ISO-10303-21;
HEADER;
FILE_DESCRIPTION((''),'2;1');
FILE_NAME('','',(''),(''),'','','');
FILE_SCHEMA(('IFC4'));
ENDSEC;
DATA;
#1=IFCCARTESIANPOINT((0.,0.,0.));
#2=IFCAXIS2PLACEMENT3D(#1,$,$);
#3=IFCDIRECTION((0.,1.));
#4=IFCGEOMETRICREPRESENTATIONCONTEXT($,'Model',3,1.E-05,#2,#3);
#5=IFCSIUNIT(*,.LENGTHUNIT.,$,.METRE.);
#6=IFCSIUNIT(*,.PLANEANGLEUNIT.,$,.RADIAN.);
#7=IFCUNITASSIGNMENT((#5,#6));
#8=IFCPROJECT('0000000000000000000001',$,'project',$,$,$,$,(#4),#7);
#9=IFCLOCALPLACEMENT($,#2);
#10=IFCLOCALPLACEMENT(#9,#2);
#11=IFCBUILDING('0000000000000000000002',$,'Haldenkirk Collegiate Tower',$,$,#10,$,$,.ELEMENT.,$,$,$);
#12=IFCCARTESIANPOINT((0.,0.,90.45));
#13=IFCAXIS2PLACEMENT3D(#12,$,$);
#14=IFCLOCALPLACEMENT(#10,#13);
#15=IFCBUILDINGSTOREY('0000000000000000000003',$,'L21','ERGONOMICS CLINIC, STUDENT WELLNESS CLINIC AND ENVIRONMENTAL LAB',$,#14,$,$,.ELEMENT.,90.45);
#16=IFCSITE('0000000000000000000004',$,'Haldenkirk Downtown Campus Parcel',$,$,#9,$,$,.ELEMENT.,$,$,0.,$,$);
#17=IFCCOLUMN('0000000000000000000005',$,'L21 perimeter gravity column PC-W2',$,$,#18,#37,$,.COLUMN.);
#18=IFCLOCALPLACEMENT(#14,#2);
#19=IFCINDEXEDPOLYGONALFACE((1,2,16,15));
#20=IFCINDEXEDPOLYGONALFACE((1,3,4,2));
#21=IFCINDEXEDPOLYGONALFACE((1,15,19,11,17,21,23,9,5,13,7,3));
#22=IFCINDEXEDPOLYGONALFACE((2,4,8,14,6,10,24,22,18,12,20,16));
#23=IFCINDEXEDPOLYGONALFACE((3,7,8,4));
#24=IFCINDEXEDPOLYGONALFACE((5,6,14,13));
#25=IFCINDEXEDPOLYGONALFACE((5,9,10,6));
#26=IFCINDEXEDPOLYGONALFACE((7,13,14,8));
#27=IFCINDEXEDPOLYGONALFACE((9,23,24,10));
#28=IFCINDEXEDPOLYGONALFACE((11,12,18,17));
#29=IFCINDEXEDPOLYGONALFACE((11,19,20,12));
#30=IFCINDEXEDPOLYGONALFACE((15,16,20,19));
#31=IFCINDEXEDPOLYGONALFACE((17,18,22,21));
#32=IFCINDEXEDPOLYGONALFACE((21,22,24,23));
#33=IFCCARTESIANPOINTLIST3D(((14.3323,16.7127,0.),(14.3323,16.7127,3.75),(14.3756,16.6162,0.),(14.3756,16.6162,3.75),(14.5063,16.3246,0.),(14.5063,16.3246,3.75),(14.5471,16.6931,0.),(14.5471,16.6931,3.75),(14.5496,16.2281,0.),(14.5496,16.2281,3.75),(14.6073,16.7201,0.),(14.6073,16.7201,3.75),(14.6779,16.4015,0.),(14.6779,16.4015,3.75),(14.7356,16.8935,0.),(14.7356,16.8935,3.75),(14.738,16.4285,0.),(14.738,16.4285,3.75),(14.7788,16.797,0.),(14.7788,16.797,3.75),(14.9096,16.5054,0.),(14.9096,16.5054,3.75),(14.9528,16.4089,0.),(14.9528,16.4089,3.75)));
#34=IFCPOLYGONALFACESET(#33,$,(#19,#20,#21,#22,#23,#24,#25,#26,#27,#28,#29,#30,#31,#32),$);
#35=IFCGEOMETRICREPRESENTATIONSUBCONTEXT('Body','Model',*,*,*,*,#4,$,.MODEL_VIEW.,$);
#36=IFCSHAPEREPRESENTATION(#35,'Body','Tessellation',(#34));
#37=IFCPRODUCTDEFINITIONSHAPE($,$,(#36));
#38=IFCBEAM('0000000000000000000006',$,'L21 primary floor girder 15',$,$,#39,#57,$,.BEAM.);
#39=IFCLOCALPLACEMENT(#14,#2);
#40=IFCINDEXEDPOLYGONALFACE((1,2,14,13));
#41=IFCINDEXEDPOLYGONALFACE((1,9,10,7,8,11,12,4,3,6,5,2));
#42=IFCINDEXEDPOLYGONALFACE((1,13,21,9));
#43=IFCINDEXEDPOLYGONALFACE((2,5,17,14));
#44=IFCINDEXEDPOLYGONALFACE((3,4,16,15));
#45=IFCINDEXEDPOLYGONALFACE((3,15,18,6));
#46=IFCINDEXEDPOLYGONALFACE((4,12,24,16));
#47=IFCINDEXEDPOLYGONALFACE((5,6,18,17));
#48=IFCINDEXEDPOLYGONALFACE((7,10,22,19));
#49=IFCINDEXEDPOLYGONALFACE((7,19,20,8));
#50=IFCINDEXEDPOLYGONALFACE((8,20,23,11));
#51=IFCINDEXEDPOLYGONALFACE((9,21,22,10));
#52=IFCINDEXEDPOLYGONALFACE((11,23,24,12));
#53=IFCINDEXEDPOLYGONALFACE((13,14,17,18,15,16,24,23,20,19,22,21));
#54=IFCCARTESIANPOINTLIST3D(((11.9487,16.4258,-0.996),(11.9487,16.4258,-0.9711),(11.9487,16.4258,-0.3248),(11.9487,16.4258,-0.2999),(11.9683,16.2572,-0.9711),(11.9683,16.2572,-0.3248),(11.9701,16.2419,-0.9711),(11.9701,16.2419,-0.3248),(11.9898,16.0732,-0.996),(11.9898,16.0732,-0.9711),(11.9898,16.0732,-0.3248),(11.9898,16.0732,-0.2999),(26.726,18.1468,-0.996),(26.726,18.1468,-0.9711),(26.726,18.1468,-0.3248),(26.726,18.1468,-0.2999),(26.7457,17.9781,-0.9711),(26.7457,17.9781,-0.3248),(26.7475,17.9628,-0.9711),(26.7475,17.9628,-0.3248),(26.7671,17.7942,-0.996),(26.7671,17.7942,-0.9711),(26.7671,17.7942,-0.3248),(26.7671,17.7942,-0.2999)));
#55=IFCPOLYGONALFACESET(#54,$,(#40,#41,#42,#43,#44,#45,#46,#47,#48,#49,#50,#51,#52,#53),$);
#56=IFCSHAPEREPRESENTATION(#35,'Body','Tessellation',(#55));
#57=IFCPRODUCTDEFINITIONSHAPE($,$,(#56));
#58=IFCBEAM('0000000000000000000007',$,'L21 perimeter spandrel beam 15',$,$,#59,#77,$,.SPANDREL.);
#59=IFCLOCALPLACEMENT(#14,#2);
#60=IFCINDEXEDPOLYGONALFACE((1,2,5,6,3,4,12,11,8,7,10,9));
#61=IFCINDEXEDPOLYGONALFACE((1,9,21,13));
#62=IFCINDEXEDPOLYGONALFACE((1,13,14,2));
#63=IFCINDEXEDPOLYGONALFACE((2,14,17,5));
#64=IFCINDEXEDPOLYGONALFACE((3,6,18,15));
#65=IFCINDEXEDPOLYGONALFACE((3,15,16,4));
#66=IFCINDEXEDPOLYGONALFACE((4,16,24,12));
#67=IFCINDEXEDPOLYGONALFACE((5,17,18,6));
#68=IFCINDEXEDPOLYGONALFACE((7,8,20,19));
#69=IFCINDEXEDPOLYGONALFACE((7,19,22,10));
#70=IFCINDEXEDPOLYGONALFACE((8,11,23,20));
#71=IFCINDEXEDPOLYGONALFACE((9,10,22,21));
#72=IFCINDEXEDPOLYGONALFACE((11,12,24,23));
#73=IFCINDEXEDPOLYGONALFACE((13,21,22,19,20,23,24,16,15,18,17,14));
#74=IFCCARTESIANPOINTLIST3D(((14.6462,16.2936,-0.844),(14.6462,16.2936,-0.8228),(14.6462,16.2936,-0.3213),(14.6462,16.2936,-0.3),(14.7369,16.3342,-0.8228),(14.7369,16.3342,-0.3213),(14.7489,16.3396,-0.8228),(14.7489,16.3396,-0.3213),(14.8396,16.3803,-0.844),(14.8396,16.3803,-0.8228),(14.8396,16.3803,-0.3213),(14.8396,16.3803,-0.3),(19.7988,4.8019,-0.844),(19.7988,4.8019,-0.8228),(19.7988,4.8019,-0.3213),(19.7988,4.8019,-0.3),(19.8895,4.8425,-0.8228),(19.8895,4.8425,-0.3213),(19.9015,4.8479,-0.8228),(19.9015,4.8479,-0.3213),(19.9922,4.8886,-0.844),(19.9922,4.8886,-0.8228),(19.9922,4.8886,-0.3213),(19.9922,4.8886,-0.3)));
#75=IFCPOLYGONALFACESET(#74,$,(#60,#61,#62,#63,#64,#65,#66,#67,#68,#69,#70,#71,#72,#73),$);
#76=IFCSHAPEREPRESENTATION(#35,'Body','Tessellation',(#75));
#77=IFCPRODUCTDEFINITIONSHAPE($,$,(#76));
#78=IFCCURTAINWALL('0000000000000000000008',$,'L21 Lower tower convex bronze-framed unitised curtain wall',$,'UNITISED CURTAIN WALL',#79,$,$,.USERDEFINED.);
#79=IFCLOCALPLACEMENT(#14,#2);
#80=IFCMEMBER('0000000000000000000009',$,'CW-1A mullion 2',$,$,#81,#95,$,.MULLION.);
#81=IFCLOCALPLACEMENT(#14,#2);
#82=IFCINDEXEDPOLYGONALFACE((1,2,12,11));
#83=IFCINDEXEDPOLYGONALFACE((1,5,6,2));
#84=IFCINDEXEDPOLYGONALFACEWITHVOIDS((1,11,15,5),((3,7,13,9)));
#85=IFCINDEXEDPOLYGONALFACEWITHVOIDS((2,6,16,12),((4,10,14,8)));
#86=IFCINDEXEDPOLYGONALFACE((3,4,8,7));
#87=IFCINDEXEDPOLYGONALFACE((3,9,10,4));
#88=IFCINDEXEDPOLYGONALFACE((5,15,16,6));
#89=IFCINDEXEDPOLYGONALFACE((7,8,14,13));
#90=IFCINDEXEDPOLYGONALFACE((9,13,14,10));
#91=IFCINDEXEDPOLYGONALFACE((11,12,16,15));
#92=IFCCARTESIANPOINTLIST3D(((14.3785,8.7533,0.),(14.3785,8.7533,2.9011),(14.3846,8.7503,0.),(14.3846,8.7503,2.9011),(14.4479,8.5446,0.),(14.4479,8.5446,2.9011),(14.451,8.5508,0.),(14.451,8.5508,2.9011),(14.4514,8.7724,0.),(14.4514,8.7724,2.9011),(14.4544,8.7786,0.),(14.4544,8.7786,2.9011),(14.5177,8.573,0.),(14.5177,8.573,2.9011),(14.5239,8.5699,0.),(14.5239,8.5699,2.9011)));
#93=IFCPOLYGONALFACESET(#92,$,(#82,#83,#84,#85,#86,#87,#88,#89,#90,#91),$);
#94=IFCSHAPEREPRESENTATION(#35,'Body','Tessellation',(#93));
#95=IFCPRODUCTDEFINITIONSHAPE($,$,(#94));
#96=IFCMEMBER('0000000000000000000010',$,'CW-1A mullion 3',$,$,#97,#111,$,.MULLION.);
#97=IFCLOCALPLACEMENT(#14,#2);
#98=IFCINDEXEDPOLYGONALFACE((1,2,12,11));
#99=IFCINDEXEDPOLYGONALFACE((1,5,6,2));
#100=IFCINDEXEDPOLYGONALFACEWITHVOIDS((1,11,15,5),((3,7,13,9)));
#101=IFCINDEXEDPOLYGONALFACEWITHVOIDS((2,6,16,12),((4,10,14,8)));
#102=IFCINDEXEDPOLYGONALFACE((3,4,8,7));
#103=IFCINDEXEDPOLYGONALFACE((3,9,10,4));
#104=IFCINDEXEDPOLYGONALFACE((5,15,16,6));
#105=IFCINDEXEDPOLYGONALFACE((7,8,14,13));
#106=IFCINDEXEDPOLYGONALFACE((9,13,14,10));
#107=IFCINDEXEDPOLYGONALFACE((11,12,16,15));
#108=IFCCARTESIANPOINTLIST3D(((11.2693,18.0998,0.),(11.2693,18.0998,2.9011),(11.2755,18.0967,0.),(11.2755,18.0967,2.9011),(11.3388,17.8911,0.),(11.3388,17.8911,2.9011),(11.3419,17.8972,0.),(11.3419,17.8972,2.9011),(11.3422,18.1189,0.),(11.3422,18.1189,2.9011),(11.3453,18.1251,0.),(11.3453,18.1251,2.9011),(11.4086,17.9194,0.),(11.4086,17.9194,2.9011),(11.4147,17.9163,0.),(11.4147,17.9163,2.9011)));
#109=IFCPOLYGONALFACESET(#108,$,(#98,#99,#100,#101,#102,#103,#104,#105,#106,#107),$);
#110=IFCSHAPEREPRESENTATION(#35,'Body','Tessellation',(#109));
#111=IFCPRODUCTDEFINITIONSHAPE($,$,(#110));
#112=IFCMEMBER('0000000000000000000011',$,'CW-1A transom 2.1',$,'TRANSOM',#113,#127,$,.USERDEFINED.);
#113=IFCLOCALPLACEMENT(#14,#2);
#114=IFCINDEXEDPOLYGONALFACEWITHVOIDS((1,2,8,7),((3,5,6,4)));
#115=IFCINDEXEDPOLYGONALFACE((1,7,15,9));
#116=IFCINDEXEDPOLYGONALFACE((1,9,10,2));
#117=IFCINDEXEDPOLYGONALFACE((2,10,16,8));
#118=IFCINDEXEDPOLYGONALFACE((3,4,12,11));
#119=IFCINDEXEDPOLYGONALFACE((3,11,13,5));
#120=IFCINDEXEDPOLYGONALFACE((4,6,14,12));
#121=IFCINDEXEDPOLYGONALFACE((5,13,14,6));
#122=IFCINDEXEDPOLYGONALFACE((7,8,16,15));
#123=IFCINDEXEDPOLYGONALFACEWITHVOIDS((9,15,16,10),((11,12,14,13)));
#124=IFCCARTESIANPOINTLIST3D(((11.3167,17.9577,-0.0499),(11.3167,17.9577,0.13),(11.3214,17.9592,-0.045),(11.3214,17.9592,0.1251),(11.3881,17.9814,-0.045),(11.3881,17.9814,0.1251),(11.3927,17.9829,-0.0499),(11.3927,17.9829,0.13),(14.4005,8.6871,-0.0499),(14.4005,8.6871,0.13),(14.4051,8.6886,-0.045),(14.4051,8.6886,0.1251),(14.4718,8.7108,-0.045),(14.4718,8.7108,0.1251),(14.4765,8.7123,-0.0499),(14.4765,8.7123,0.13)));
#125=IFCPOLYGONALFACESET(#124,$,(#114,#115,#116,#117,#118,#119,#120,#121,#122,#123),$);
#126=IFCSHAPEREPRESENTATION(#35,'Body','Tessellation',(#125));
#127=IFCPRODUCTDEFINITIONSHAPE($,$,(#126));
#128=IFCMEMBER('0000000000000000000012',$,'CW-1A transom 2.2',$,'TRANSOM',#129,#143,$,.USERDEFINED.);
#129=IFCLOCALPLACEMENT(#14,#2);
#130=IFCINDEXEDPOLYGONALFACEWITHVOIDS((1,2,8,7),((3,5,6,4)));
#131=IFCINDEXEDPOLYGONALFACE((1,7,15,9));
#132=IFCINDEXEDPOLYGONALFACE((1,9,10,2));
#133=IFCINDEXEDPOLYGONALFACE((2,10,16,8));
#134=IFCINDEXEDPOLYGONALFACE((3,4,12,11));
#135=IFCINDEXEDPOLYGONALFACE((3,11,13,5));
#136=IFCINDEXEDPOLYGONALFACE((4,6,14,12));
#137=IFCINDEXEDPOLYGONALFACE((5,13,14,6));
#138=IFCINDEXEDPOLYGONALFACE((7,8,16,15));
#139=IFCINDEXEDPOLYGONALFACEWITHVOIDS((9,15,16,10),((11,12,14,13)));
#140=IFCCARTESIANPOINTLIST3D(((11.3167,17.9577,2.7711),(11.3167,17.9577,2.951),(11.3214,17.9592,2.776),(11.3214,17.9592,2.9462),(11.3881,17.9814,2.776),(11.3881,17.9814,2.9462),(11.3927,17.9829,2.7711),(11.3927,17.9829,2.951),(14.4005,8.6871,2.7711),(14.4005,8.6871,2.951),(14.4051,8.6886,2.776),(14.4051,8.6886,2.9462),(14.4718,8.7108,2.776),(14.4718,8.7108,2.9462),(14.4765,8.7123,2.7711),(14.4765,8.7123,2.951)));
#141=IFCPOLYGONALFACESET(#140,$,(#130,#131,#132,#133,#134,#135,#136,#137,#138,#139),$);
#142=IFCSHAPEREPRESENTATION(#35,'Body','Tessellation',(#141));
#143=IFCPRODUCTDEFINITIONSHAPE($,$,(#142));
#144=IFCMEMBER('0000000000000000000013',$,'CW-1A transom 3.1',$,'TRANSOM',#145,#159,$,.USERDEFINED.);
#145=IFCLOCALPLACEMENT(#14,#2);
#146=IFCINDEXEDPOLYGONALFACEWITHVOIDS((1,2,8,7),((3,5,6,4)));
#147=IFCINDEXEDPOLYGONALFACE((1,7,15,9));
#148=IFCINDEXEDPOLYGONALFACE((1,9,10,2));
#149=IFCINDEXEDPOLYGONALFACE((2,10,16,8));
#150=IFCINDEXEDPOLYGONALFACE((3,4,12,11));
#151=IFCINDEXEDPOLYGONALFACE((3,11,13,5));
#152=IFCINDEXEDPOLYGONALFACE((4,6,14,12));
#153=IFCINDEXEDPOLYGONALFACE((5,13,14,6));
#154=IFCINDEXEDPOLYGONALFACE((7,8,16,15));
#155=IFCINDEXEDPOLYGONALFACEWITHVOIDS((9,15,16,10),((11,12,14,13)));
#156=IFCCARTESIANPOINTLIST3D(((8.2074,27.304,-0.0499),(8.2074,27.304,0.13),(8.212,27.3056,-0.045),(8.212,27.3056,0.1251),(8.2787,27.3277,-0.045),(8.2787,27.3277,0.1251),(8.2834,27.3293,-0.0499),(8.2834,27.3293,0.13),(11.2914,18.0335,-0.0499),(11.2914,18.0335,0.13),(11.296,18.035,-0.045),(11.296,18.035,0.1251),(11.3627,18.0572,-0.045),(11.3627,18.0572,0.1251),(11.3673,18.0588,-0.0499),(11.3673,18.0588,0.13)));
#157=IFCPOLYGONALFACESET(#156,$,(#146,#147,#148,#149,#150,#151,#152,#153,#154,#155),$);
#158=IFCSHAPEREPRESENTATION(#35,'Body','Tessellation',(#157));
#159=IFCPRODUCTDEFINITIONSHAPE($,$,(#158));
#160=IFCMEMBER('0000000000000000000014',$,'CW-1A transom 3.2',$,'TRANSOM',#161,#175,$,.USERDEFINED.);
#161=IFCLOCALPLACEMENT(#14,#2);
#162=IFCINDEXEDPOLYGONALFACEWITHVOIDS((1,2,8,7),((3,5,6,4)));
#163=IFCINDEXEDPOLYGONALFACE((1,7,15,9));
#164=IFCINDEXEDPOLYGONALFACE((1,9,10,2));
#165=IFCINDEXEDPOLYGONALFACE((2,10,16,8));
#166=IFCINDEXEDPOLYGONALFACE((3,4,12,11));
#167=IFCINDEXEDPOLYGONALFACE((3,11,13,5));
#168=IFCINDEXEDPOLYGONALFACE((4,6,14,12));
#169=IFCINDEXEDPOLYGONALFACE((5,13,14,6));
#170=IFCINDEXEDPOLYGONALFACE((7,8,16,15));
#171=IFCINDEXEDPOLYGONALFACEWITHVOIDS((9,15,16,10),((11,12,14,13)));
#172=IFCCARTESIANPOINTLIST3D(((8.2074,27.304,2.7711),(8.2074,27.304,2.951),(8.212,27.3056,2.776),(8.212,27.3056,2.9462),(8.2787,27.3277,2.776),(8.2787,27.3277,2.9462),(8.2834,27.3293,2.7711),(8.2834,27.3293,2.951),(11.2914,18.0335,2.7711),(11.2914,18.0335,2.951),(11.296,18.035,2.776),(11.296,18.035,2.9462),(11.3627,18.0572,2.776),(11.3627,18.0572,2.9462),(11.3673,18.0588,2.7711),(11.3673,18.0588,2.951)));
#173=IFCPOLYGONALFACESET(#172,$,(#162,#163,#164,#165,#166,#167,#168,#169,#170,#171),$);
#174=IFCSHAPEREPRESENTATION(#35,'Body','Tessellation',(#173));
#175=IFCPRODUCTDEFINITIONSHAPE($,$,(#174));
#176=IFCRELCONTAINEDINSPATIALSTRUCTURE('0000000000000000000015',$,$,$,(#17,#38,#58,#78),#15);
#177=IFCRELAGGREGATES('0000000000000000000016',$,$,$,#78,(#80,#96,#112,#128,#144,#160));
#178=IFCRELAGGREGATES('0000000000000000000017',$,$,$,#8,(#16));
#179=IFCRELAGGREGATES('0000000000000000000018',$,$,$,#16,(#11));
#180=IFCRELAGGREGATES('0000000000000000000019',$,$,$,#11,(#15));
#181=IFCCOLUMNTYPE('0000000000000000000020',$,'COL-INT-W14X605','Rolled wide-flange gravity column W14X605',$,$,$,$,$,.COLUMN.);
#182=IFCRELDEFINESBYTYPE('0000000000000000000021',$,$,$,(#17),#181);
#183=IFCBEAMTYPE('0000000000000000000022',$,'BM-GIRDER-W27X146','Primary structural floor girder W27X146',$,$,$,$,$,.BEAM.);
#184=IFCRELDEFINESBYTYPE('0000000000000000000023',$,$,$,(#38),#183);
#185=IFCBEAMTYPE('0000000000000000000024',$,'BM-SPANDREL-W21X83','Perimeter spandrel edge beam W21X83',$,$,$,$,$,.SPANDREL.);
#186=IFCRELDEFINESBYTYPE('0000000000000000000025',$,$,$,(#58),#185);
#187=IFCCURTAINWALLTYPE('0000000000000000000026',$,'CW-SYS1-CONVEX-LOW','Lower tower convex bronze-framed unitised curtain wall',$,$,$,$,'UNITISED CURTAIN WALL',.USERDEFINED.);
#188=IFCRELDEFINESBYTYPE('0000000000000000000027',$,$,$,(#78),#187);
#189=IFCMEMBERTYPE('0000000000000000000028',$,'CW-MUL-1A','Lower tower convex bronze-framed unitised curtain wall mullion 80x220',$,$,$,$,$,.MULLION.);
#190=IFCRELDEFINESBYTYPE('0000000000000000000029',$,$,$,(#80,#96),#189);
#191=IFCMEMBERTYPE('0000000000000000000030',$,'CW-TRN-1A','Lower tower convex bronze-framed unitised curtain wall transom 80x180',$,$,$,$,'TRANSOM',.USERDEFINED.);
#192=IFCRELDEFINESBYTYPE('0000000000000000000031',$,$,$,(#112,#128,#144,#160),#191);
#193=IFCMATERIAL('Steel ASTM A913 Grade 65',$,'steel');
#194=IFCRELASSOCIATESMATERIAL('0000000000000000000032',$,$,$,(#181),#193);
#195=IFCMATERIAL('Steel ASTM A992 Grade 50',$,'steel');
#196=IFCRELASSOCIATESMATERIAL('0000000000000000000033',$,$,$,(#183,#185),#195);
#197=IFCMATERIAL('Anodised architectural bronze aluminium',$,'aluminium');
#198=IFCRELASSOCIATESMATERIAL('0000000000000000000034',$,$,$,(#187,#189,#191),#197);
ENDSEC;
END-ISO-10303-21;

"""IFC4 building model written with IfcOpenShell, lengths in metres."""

from ifc_helpers import new_model, si_unit, direction, frame, origin, origin_2d, place, context, subcontext, project, spatial, hollow_rectangle, i_section, extrude, material, material_profile, profile_set, type_object, element, aggregate, save


model = new_model("IFC4")

# Units and contexts
model_context = context("Model", 3, precision=1e-05, world=origin(), true_north=direction((0.0, 1.0)))
body_context = subcontext(model_context, "Body", "Model", "MODEL_VIEW")
ifc_project = project(units=[si_unit("LENGTHUNIT", "METRE"), si_unit("PLANEANGLEUNIT", "RADIAN")], contexts=[model_context])

# Site, building, storey
site_placement = place(None, origin())
site = spatial("IfcSite", under=ifc_project, at=site_placement, Name="Haldenkirk Downtown Campus Parcel", CompositionType="ELEMENT", RefElevation=0.0)
building_placement = place(site_placement, origin())
building = spatial("IfcBuilding", under=site, at=building_placement, Name="Haldenkirk Collegiate Tower", CompositionType="ELEMENT")
storey_placement = place(building_placement, frame((0.0, 0.0, 90.45)))
storey = spatial("IfcBuildingStorey", under=building, at=storey_placement, Name="L21", Description="ERGONOMICS CLINIC, STUDENT WELLNESS CLINIC AND ENVIRONMENTAL LAB", CompositionType="ELEMENT", Elevation=90.45)

# Column
ifc_material_1 = material(Name="Steel ASTM A913 Grade 65", Category="steel")
ifc_material_profile_1 = material_profile(ifc_material_1, i_section(OverallWidth=0.4419, OverallDepth=0.531, WebThickness=0.0659, FlangeThickness=0.1057, at=origin_2d()), Name="W14X605")
ifc_profile_set_1 = profile_set([ifc_material_profile_1], Name="Steel ASTM A913 Grade 65")
column_type = type_object("IfcColumnType", Name="COL-INT-W14X605", Description="Rolled wide-flange gravity column W14X605", PredefinedType="COLUMN", material=ifc_profile_set_1)
column_placement = place(storey_placement, frame((14.6426, 16.5608, 0.0), z_axis=(0.0, 0.0, 1.0), x_axis=(0.912477, 0.409127, 0.0)))
element("IfcColumn", 1, at=column_placement, inside=storey, type_object=column_type, Name="L21 perimeter gravity column PC-W2", PredefinedType="COLUMN", context=body_context, shape_type="SweptSolid", body=[
    extrude(i_section(OverallWidth=0.4419, OverallDepth=0.531, WebThickness=0.0659, FlangeThickness=0.1057, at=origin_2d()), origin(), (0.0, 0.0, 1.0), 3.75),
])

# Beams
ifc_material_2 = material(Name="Steel ASTM A992 Grade 50", Category="steel")
ifc_material_profile_2 = material_profile(ifc_material_2, i_section(OverallWidth=0.355, OverallDepth=0.696, WebThickness=0.0154, FlangeThickness=0.0249, at=origin_2d()), Name="W27X146")
ifc_profile_set_2 = profile_set([ifc_material_profile_2], Name="Steel ASTM A992 Grade 50")
beam_type_1 = type_object("IfcBeamType", Name="BM-GIRDER-W27X146", Description="Primary structural floor girder W27X146", PredefinedType="BEAM", material=ifc_profile_set_2)
beam_1_placement = place(storey_placement, frame((11.9692, 16.2495, -0.6479), z_axis=(0.993287, 0.115677, 0.0), x_axis=(-0.115677, 0.993287, 0.0)))
element("IfcBeam", 2, at=beam_1_placement, inside=storey, type_object=beam_type_1, Name="L21 primary floor girder 15", PredefinedType="BEAM", context=body_context, shape_type="SweptSolid", body=[
    extrude(i_section(OverallWidth=0.355, OverallDepth=0.696, WebThickness=0.0154, FlangeThickness=0.0249, at=origin_2d()), origin(), (0.0, 0.0, 1.0), 14.8772),
])
ifc_material_profile_3 = material_profile(ifc_material_2, i_section(OverallWidth=0.2119, OverallDepth=0.5439, WebThickness=0.0132, FlangeThickness=0.0212, at=origin_2d()), Name="W21X83")
ifc_profile_set_3 = profile_set([ifc_material_profile_3], Name="Steel ASTM A992 Grade 50")
beam_type_2 = type_object("IfcBeamType", Name="BM-SPANDREL-W21X83", Description="Perimeter spandrel edge beam W21X83", PredefinedType="SPANDREL", material=ifc_profile_set_3)
beam_2_placement = place(storey_placement, frame((14.7429, 16.3369, -0.572), z_axis=(0.409131, -0.912476, 0.0), x_axis=(0.912476, 0.409131, 0.0)))
element("IfcBeam", 3, at=beam_2_placement, inside=storey, type_object=beam_type_2, Name="L21 perimeter spandrel beam 15", PredefinedType="SPANDREL", context=body_context, shape_type="SweptSolid", body=[
    extrude(i_section(OverallWidth=0.2119, OverallDepth=0.5439, WebThickness=0.0132, FlangeThickness=0.0212, at=origin_2d()), origin(), (0.0, 0.0, 1.0), 12.594),
])

# Curtain wall, members
ifc_material_3 = material(Name="Anodised architectural bronze aluminium", Category="aluminium")
curtain_wall_type = type_object("IfcCurtainWallType", Name="CW-SYS1-CONVEX-LOW", Description="Lower tower convex bronze-framed unitised curtain wall", ElementType="UNITISED CURTAIN WALL", PredefinedType="USERDEFINED", material=ifc_material_3)
curtain_wall_placement = place(storey_placement, origin())
curtain_wall = element("IfcCurtainWall", 4, at=curtain_wall_placement, inside=storey, type_object=curtain_wall_type, Name="L21 Lower tower convex bronze-framed unitised curtain wall", ObjectType="UNITISED CURTAIN WALL", PredefinedType="USERDEFINED")
ifc_material_profile_4 = material_profile(ifc_material_3, hollow_rectangle(XDim=0.0801, YDim=0.22, WallThickness=0.0049, at=origin_2d()), Name="CW-MUL-1A")
ifc_profile_set_4 = profile_set([ifc_material_profile_4], Name="Anodised architectural bronze aluminium")
member_type_1 = type_object("IfcMemberType", Name="CW-MUL-1A", Description="Lower tower convex bronze-framed unitised curtain wall mullion 80x220", PredefinedType="MULLION", material=ifc_profile_set_4)
member_1_placement = place(storey_placement, frame((14.4512, 8.6616, 0.0), z_axis=(0.0, 0.0, 1.0), x_axis=(-0.948876, -0.31565, 0.0)))
member_1 = element("IfcMember", 5, at=member_1_placement, type_object=member_type_1, Name="CW-1A mullion 2", PredefinedType="MULLION", context=body_context, shape_type="SweptSolid", body=[
    extrude(hollow_rectangle(XDim=0.0801, YDim=0.22, WallThickness=0.0049, at=origin_2d()), origin(), (0.0, 0.0, 1.0), 2.9011),
])
member_2_placement = place(storey_placement, frame((11.342, 18.0081, 0.0), z_axis=(0.0, 0.0, 1.0), x_axis=(-0.948876, -0.31565, 0.0)))
member_2 = element("IfcMember", 6, at=member_2_placement, type_object=member_type_1, Name="CW-1A mullion 3", PredefinedType="MULLION", context=body_context, shape_type="SweptSolid", body=[
    extrude(hollow_rectangle(XDim=0.0801, YDim=0.22, WallThickness=0.0049, at=origin_2d()), origin(), (0.0, 0.0, 1.0), 2.9011),
])
ifc_material_profile_5 = material_profile(ifc_material_3, hollow_rectangle(XDim=0.0801, YDim=0.1799, WallThickness=0.0049, at=origin_2d()), Name="CW-TRN-1A")
ifc_profile_set_5 = profile_set([ifc_material_profile_5], Name="Anodised architectural bronze aluminium")
member_type_2 = type_object("IfcMemberType", Name="CW-TRN-1A", Description="Lower tower convex bronze-framed unitised curtain wall transom 80x180", ElementType="TRANSOM", PredefinedType="USERDEFINED", material=ifc_profile_set_5)
member_3_placement = place(storey_placement, frame((14.4385, 8.6997, 0.04), z_axis=(-0.315635, 0.948881, 0.0), x_axis=(-0.948881, -0.315635, 0.0)))
member_3 = element("IfcMember", 7, at=member_3_placement, type_object=member_type_2, Name="CW-1A transom 2.1", ObjectType="TRANSOM", PredefinedType="USERDEFINED", context=body_context, shape_type="SweptSolid", body=[
    extrude(hollow_rectangle(XDim=0.0801, YDim=0.1799, WallThickness=0.0049, at=origin_2d()), origin(), (0.0, 0.0, 1.0), 9.77),
])
member_4_placement = place(storey_placement, frame((14.4385, 8.6997, 2.8611), z_axis=(-0.315635, 0.948881, 0.0), x_axis=(-0.948881, -0.315635, 0.0)))
member_4 = element("IfcMember", 8, at=member_4_placement, type_object=member_type_2, Name="CW-1A transom 2.2", ObjectType="TRANSOM", PredefinedType="USERDEFINED", context=body_context, shape_type="SweptSolid", body=[
    extrude(hollow_rectangle(XDim=0.0801, YDim=0.1799, WallThickness=0.0049, at=origin_2d()), origin(), (0.0, 0.0, 1.0), 9.77),
])
member_5_placement = place(storey_placement, frame((11.3293, 18.0461, 0.04), z_axis=(-0.315658, 0.948873, 0.0), x_axis=(-0.948873, -0.315658, 0.0)))
member_5 = element("IfcMember", 9, at=member_5_placement, type_object=member_type_2, Name="CW-1A transom 3.1", ObjectType="TRANSOM", PredefinedType="USERDEFINED", context=body_context, shape_type="SweptSolid", body=[
    extrude(hollow_rectangle(XDim=0.0801, YDim=0.1799, WallThickness=0.0049, at=origin_2d()), origin(), (0.0, 0.0, 1.0), 9.77),
])
member_6_placement = place(storey_placement, frame((11.3293, 18.0461, 2.8611), z_axis=(-0.315658, 0.948873, 0.0), x_axis=(-0.948873, -0.315658, 0.0)))
member_6 = element("IfcMember", 10, at=member_6_placement, type_object=member_type_2, Name="CW-1A transom 3.2", ObjectType="TRANSOM", PredefinedType="USERDEFINED", context=body_context, shape_type="SweptSolid", body=[
    extrude(hollow_rectangle(XDim=0.0801, YDim=0.1799, WallThickness=0.0049, at=origin_2d()), origin(), (0.0, 0.0, 1.0), 9.77),
])

aggregate(curtain_wall, [member_1, member_2, member_3, member_4, member_5, member_6])

save(model, "model.ifc")
